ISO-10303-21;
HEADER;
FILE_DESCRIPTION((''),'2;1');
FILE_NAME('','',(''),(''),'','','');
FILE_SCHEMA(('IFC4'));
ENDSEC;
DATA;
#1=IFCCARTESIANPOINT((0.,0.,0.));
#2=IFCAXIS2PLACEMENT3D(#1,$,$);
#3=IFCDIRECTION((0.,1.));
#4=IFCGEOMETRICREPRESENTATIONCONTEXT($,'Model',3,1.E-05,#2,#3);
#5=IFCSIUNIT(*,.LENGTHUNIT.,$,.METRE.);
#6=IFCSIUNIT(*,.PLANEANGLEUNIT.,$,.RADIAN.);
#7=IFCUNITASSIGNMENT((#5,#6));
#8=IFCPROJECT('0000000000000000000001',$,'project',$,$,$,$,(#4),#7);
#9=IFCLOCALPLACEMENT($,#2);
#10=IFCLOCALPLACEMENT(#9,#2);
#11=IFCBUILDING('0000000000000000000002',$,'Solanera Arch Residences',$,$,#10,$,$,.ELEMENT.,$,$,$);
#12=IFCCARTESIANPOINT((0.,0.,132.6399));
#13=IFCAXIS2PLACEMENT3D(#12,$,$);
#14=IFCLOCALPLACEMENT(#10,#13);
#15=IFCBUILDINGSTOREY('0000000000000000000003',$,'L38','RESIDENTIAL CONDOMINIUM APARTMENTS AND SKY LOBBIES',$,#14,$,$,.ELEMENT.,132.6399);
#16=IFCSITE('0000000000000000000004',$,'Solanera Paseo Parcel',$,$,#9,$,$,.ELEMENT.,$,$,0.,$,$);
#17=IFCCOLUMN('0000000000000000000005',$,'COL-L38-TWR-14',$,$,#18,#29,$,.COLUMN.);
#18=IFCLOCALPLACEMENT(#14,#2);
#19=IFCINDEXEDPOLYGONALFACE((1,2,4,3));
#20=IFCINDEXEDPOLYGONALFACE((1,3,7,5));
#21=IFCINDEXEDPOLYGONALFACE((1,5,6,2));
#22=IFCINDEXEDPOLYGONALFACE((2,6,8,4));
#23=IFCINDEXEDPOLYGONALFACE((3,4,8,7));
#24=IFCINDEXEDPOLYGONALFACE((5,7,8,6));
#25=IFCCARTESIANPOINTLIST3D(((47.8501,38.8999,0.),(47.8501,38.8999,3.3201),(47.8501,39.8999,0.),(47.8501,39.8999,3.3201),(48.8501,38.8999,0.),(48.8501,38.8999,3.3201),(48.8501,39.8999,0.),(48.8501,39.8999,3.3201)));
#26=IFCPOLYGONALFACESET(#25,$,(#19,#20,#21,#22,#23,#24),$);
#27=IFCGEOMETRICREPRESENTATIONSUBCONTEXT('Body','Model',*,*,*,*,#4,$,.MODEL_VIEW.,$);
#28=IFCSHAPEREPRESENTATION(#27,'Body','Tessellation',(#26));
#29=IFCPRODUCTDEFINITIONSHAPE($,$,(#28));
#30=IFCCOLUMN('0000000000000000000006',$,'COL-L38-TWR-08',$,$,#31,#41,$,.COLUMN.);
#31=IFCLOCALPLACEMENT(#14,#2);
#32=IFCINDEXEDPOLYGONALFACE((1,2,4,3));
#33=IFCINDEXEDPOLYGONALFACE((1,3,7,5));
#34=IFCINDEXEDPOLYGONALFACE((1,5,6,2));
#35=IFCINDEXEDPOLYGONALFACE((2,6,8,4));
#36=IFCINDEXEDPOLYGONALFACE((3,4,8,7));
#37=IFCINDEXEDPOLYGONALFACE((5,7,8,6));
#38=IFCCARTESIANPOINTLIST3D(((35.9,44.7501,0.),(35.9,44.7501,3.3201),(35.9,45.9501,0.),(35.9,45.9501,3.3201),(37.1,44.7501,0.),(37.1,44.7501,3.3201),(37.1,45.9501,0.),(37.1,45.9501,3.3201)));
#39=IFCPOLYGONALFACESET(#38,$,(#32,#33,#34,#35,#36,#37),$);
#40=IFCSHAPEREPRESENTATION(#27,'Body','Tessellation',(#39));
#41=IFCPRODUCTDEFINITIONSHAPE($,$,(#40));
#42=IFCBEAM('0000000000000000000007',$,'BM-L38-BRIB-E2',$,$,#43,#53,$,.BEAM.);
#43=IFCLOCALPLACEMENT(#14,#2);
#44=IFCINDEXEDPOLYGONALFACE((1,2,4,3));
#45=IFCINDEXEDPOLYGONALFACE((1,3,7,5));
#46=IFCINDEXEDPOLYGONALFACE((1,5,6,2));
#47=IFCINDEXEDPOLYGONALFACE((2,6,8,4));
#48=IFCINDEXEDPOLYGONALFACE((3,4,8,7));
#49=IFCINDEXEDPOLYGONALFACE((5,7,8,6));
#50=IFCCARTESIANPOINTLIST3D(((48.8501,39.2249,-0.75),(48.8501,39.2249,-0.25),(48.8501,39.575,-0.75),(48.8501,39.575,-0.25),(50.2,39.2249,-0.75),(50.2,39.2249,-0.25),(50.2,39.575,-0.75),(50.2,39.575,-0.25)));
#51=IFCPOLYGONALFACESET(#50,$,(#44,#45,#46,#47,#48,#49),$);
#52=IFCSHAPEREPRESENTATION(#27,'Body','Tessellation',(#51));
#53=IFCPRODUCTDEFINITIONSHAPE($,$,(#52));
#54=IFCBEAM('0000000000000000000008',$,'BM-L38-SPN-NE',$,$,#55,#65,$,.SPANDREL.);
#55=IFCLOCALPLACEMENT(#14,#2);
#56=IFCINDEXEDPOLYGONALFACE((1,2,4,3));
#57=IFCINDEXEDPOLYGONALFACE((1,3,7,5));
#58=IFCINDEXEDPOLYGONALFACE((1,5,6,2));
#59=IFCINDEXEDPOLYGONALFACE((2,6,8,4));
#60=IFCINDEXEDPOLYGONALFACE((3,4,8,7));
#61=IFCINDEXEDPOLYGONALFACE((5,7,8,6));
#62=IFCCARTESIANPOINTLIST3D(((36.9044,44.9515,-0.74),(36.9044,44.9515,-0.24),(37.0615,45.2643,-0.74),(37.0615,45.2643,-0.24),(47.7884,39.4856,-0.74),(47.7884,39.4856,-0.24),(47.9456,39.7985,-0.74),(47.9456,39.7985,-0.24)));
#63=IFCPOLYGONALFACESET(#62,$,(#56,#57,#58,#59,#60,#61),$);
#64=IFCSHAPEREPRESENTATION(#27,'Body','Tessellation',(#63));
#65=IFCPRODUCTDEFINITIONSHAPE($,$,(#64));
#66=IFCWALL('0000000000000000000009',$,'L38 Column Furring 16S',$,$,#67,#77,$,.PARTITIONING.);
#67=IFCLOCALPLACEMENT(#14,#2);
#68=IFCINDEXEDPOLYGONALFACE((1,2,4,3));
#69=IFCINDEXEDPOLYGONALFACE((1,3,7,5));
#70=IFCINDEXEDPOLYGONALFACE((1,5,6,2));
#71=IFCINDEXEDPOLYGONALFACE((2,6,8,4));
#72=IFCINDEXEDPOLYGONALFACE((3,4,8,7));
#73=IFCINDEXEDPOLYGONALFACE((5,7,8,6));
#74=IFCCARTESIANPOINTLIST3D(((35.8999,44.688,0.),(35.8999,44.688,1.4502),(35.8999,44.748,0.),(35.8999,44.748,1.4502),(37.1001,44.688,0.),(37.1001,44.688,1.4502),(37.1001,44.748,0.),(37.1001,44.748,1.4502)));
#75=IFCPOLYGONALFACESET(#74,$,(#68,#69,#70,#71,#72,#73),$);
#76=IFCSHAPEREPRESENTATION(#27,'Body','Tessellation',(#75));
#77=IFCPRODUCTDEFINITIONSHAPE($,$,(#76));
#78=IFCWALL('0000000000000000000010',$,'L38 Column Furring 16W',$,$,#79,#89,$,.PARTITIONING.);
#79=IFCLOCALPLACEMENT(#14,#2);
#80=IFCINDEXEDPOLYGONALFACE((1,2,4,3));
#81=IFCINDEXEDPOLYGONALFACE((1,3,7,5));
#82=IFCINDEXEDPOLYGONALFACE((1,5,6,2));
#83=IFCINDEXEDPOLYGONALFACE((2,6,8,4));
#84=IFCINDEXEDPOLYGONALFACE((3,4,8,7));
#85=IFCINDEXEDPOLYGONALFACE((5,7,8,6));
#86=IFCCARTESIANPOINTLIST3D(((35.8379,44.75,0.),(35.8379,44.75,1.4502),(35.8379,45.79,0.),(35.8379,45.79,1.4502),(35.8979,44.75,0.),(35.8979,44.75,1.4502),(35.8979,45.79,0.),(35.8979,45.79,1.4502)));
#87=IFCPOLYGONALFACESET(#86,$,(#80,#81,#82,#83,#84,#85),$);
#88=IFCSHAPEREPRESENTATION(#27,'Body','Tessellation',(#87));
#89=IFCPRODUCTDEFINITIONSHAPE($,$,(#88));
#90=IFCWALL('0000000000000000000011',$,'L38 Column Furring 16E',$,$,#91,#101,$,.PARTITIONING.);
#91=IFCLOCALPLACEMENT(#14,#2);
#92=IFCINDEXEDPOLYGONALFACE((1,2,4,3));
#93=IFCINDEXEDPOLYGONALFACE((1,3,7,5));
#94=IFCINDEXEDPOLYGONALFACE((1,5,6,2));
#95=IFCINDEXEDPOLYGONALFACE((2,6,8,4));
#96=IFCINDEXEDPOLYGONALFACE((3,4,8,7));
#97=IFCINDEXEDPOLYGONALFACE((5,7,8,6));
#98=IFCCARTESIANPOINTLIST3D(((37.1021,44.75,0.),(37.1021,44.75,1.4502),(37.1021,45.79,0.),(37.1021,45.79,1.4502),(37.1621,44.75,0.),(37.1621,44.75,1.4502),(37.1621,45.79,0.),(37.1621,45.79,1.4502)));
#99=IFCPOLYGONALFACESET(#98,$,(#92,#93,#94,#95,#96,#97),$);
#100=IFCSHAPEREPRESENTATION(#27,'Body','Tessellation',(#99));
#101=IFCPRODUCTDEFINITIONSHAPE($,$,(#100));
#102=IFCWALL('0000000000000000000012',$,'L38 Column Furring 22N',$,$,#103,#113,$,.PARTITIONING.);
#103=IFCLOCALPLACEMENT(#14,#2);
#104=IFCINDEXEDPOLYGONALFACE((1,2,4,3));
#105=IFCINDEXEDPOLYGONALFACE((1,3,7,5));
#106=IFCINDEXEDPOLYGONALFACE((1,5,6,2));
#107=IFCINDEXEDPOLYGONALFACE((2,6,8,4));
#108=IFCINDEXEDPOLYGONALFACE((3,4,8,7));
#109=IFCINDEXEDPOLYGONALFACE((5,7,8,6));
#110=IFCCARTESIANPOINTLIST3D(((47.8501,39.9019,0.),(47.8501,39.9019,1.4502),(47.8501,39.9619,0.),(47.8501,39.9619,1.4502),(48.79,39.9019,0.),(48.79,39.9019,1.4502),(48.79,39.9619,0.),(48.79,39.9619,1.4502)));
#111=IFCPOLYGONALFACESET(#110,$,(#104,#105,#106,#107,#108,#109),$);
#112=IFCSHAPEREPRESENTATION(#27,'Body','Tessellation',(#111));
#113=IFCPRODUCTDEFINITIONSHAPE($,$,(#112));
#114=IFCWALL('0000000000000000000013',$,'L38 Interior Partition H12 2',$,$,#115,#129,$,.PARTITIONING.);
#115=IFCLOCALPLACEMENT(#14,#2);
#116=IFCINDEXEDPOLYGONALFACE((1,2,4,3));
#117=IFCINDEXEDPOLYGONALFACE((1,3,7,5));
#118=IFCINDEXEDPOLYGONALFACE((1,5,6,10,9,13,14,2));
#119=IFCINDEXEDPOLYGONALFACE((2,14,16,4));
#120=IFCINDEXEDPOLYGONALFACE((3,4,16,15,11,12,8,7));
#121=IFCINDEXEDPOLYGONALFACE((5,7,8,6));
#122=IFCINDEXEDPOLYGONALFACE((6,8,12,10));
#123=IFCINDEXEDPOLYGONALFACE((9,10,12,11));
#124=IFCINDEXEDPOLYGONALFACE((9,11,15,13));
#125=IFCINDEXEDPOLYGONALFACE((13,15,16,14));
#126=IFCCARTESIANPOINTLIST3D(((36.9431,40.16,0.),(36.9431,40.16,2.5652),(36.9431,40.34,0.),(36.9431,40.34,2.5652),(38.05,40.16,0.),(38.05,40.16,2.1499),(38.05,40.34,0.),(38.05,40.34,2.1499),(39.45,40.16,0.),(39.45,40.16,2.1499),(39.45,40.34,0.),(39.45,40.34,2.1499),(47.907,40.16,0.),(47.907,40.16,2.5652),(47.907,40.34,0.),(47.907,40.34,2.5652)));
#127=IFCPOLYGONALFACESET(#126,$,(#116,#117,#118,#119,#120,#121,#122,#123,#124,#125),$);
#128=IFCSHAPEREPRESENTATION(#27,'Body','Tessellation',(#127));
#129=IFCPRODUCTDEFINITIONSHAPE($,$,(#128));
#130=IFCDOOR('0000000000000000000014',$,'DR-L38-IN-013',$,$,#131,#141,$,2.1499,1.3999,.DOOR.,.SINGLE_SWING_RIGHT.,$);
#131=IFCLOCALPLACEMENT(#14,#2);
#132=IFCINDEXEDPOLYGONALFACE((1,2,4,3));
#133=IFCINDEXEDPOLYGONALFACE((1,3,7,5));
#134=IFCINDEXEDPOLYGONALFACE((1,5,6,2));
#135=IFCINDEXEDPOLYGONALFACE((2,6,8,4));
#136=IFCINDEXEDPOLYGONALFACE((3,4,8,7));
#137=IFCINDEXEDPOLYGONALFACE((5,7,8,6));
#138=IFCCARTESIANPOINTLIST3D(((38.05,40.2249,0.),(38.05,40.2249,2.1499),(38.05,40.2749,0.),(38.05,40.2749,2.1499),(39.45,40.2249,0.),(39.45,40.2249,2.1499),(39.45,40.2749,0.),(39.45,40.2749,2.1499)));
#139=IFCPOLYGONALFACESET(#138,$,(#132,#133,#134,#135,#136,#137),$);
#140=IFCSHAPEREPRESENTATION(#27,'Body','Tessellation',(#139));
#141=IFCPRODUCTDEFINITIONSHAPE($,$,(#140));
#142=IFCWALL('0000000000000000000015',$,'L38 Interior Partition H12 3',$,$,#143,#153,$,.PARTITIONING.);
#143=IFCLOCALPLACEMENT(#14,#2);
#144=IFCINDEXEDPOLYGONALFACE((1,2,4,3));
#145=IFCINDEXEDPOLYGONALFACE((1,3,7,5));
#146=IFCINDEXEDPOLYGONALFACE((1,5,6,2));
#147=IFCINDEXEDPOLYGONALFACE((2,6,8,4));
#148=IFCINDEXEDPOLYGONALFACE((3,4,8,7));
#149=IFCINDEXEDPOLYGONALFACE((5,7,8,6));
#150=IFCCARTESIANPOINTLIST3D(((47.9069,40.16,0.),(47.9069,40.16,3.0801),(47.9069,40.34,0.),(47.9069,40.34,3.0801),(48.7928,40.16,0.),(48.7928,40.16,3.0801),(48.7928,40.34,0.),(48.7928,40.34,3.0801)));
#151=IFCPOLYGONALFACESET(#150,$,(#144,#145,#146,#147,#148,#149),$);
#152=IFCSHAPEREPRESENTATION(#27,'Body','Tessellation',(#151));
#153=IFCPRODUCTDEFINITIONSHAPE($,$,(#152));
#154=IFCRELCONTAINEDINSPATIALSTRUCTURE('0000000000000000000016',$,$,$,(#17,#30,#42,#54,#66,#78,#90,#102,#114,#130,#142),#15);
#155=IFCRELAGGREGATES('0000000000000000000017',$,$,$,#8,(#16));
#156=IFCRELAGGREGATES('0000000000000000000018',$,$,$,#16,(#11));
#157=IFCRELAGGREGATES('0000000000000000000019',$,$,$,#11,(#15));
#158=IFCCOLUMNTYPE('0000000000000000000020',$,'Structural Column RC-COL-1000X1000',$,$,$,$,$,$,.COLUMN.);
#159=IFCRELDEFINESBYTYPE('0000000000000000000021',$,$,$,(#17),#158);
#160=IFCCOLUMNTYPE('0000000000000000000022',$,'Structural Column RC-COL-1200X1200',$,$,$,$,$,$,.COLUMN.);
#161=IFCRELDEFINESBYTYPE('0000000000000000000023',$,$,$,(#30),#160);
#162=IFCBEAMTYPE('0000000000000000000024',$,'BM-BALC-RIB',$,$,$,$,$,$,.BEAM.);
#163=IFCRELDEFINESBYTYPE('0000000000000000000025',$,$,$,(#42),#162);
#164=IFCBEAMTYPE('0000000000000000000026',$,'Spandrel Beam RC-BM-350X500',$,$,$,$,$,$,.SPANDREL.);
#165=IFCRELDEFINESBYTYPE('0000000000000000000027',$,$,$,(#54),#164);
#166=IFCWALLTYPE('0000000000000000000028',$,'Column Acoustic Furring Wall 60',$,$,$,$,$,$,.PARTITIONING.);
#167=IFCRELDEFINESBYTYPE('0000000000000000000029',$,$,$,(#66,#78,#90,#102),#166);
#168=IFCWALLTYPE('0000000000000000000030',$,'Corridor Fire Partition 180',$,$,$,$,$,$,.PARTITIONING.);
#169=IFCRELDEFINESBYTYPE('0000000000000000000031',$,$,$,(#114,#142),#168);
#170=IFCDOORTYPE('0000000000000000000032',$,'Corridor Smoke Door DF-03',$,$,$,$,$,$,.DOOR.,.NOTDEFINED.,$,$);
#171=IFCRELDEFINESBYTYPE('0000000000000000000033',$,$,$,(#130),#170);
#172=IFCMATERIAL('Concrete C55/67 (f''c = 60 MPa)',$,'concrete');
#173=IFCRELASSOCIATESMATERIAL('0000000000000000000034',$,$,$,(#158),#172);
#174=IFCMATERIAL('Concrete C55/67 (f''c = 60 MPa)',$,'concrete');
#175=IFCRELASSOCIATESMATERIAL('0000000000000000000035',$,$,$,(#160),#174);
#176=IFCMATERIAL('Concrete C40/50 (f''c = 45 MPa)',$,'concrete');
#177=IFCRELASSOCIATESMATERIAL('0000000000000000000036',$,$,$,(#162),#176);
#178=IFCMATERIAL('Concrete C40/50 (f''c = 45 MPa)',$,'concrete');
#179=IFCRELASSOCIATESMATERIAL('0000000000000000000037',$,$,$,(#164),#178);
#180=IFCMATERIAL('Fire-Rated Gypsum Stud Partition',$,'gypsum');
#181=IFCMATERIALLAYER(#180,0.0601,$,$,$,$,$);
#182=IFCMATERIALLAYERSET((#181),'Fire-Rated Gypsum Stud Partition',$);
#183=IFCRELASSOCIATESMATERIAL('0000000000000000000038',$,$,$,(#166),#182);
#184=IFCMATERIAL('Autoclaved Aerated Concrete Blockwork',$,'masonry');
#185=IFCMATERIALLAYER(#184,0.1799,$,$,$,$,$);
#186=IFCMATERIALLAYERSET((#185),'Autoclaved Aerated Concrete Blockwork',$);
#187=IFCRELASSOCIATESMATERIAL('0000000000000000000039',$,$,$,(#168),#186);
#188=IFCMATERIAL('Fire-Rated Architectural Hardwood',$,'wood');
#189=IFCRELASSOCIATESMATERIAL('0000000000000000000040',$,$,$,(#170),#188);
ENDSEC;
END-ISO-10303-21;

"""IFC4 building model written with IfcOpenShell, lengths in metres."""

from ifc_helpers import new_model, si_unit, direction, frame, frame_2d, origin, origin_2d, place, context, subcontext, project, spatial, rectangle, extrude, material, layer, layer_set, material_profile, profile_set, type_object, element, fill, save


model = new_model("IFC4")

# Units and contexts
model_context = context("Model", 3, precision=1e-05, world=origin(), true_north=direction((0.0, 1.0)))
body_context = subcontext(model_context, "Body", "Model", "MODEL_VIEW")
ifc_project = project(units=[si_unit("LENGTHUNIT", "METRE"), si_unit("PLANEANGLEUNIT", "RADIAN")], contexts=[model_context])

# Site, building, storey
site_placement = place(None, origin())
site = spatial("IfcSite", under=ifc_project, at=site_placement, Name="Solanera Paseo Parcel", CompositionType="ELEMENT", RefElevation=0.0)
building_placement = place(site_placement, origin())
building = spatial("IfcBuilding", under=site, at=building_placement, Name="Solanera Arch Residences", CompositionType="ELEMENT")
storey_placement = place(building_placement, frame((0.0, 0.0, 132.6399)))
storey = spatial("IfcBuildingStorey", under=building, at=storey_placement, Name="L38", Description="RESIDENTIAL CONDOMINIUM APARTMENTS AND SKY LOBBIES", CompositionType="ELEMENT", Elevation=132.6399)

# Columns
ifc_material_1 = material(Name="Concrete C55/67 (f'c = 60 MPa)", Category="concrete")
ifc_material_profile_1 = material_profile(ifc_material_1, rectangle(XDim=1.0, YDim=1.0, at=origin_2d()))
ifc_profile_set_1 = profile_set([ifc_material_profile_1], Name="Concrete C55/67 (f'c = 60 MPa)")
column_type_1 = type_object("IfcColumnType", Name="Structural Column RC-COL-1000X1000", PredefinedType="COLUMN", material=ifc_profile_set_1)
column_1_placement = place(storey_placement, frame((48.3501, 39.3999, 0.0), z_axis=(0.0, 0.0, 1.0), x_axis=(1.0, 0.0, 0.0)))
element("IfcColumn", 1, at=column_1_placement, inside=storey, type_object=column_type_1, Name="COL-L38-TWR-14", PredefinedType="COLUMN", context=body_context, shape_type="SweptSolid", body=[
    extrude(rectangle(XDim=1.0, YDim=1.0, at=origin_2d()), origin(), (0.0, 0.0, 1.0), 3.3201),
])
ifc_material_2 = material(Name="Concrete C55/67 (f'c = 60 MPa)", Category="concrete")
ifc_material_profile_2 = material_profile(ifc_material_2, rectangle(XDim=1.2, YDim=1.2, at=origin_2d()))
ifc_profile_set_2 = profile_set([ifc_material_profile_2], Name="Concrete C55/67 (f'c = 60 MPa)")
column_type_2 = type_object("IfcColumnType", Name="Structural Column RC-COL-1200X1200", PredefinedType="COLUMN", material=ifc_profile_set_2)
column_2_placement = place(storey_placement, frame((36.5, 45.3501, 0.0), z_axis=(0.0, 0.0, 1.0), x_axis=(1.0, 0.0, 0.0)))
element("IfcColumn", 2, at=column_2_placement, inside=storey, type_object=column_type_2, Name="COL-L38-TWR-08", PredefinedType="COLUMN", context=body_context, shape_type="SweptSolid", body=[
    extrude(rectangle(XDim=1.2, YDim=1.2, at=origin_2d()), origin(), (0.0, 0.0, 1.0), 3.3201),
])

# Beams
ifc_material_3 = material(Name="Concrete C40/50 (f'c = 45 MPa)", Category="concrete")
ifc_material_profile_3 = material_profile(ifc_material_3, rectangle(XDim=0.3501, YDim=0.5, at=origin_2d()))
ifc_profile_set_3 = profile_set([ifc_material_profile_3], Name="Concrete C40/50 (f'c = 45 MPa)")
beam_type_1 = type_object("IfcBeamType", Name="BM-BALC-RIB", PredefinedType="BEAM", material=ifc_profile_set_3)
beam_1_placement = place(storey_placement, frame((48.8501, 39.3999, -0.5), z_axis=(1.0, 0.0, 0.0), x_axis=(0.0, 1.0, 0.0)))
element("IfcBeam", 3, at=beam_1_placement, inside=storey, type_object=beam_type_1, Name="BM-L38-BRIB-E2", PredefinedType="BEAM", context=body_context, shape_type="SweptSolid", body=[
    extrude(rectangle(XDim=0.3501, YDim=0.5, at=origin_2d()), origin(), (0.0, 0.0, 1.0), 1.3499),
])
ifc_material_4 = material(Name="Concrete C40/50 (f'c = 45 MPa)", Category="concrete")
ifc_material_profile_4 = material_profile(ifc_material_4, rectangle(XDim=0.3501, YDim=0.5, at=origin_2d()))
ifc_profile_set_4 = profile_set([ifc_material_profile_4], Name="Concrete C40/50 (f'c = 45 MPa)")
beam_type_2 = type_object("IfcBeamType", Name="Spandrel Beam RC-BM-350X500", PredefinedType="SPANDREL", material=ifc_profile_set_4)
beam_2_placement = place(storey_placement, frame((36.9829, 45.1079, -0.49), z_axis=(0.893644, -0.448776, 0.0), x_axis=(0.448776, 0.893644, 0.0)))
element("IfcBeam", 4, at=beam_2_placement, inside=storey, type_object=beam_type_2, Name="BM-L38-SPN-NE", PredefinedType="SPANDREL", context=body_context, shape_type="SweptSolid", body=[
    extrude(rectangle(XDim=0.3501, YDim=0.5, at=origin_2d()), origin(), (0.0, 0.0, 1.0), 12.1794),
])

# Walls
ifc_material_5 = material(Name="Fire-Rated Gypsum Stud Partition", Category="gypsum")
ifc_layer_1 = layer(ifc_material_5, 0.0601)
ifc_layer_set_1 = layer_set([ifc_layer_1], Name="Fire-Rated Gypsum Stud Partition")
wall_type_1 = type_object("IfcWallType", Name="Column Acoustic Furring Wall 60", PredefinedType="PARTITIONING", material=ifc_layer_set_1)
wall_1_placement = place(storey_placement, frame((35.8999, 44.718, 0.0), z_axis=(0.0, 0.0, 1.0), x_axis=(1.0, 0.0, 0.0)))
element("IfcWall", 5, at=wall_1_placement, inside=storey, type_object=wall_type_1, Name="L38 Column Furring 16S", PredefinedType="PARTITIONING", context=body_context, shape_type="SweptSolid", body=[
    extrude(rectangle(XDim=1.2002, YDim=0.0601, at=frame_2d((0.6001, 0.0))), origin(), (0.0, 0.0, 1.0), 1.4502),
])
for number, where, z_axis, x_axis, name in (
    (6, (35.8679, 44.75, 0.0), (0.0, 0.0, 1.0), (0.0, 1.0, 0.0), "L38 Column Furring 16W"),
    (7, (37.1321, 44.75, 0.0), (0.0, 0.0, 1.0), (0.0, 1.0, 0.0), "L38 Column Furring 16E"),
):
    element("IfcWall", number, at=place(storey_placement, frame(where, z_axis=z_axis, x_axis=x_axis)), inside=storey, type_object=wall_type_1, Name=name, PredefinedType="PARTITIONING", context=body_context, shape_type="SweptSolid", body=[
        extrude(rectangle(XDim=1.04, YDim=0.0601, at=frame_2d((0.52, 0.0))), origin(), (0.0, 0.0, 1.0), 1.4502),
    ])
wall_2_placement = place(storey_placement, frame((47.8501, 39.9319, 0.0), z_axis=(0.0, 0.0, 1.0), x_axis=(1.0, 0.0, 0.0)))
element("IfcWall", 8, at=wall_2_placement, inside=storey, type_object=wall_type_1, Name="L38 Column Furring 22N", PredefinedType="PARTITIONING", context=body_context, shape_type="SweptSolid", body=[
    extrude(rectangle(XDim=0.9399, YDim=0.0601, at=frame_2d((0.47, 0.0))), origin(), (0.0, 0.0, 1.0), 1.4502),
])

# Wall, opening, door
ifc_material_6 = material(Name="Autoclaved Aerated Concrete Blockwork", Category="masonry")
ifc_layer_2 = layer(ifc_material_6, 0.1799)
ifc_layer_set_2 = layer_set([ifc_layer_2], Name="Autoclaved Aerated Concrete Blockwork")
wall_type_2 = type_object("IfcWallType", Name="Corridor Fire Partition 180", PredefinedType="PARTITIONING", material=ifc_layer_set_2)
wall_3_placement = place(storey_placement, frame((36.9431, 40.25, 0.0), z_axis=(0.0, 0.0, 1.0), x_axis=(1.0, 0.0, 0.0)))
wall_3 = element("IfcWall", 9, at=wall_3_placement, inside=storey, type_object=wall_type_2, Name="L38 Interior Partition H12 2", PredefinedType="PARTITIONING", context=body_context, shape_type="SweptSolid", body=[
    extrude(rectangle(XDim=10.9639, YDim=0.1799, at=frame_2d((5.4819, 0.0))), origin(), (0.0, 0.0, 1.0), 2.5652),
])
opening_1_placement = place(wall_3_placement, frame((1.1069, 0.0, 0.0)))
opening_1 = element("IfcOpeningElement", 10, at=opening_1_placement, cuts=wall_3, PredefinedType="OPENING", context=body_context, shape_type="SweptSolid", body=[
    extrude(rectangle(XDim=1.3999, YDim=2.1499, at=frame_2d((0.7, 1.075))), frame((0.0, 0.1001, 0.0), z_axis=(0.0, -1.0, 0.0), x_axis=(1.0, 0.0, 0.0)), (0.0, 0.0, 1.0), 0.1999),
])
ifc_material_7 = material(Name="Fire-Rated Architectural Hardwood", Category="wood")
door_type_1 = type_object("IfcDoorType", Name="Corridor Smoke Door DF-03", OperationType="NOTDEFINED", PredefinedType="DOOR", material=ifc_material_7)
door_1_placement = place(opening_1_placement, origin())
door_1 = element("IfcDoor", 11, at=door_1_placement, inside=storey, type_object=door_type_1, Name="DR-L38-IN-013", OperationType="SINGLE_SWING_RIGHT", OverallHeight=2.1499, OverallWidth=1.3999, PredefinedType="DOOR", context=body_context, shape_type="SweptSolid", body=[
    extrude(rectangle(XDim=1.3999, YDim=2.1499, at=frame_2d((0.7, 1.075))), frame((0.0, 0.0249, 0.0), z_axis=(0.0, -1.0, 0.0), x_axis=(1.0, 0.0, 0.0)), (0.0, 0.0, 1.0), 0.05),
])
fill(opening_1, door_1)

# Wall
wall_4_placement = place(storey_placement, frame((47.907, 40.25, 0.0), z_axis=(0.0, 0.0, 1.0), x_axis=(1.0, 0.0, 0.0)))
element("IfcWall", 12, at=wall_4_placement, inside=storey, type_object=wall_type_2, Name="L38 Interior Partition H12 3", PredefinedType="PARTITIONING", context=body_context, shape_type="SweptSolid", body=[
    extrude(rectangle(XDim=0.886, YDim=0.1799, at=frame_2d((0.4429, 0.0))), origin(), (0.0, 0.0, 1.0), 3.0801),
])

save(model, "model.ifc")
